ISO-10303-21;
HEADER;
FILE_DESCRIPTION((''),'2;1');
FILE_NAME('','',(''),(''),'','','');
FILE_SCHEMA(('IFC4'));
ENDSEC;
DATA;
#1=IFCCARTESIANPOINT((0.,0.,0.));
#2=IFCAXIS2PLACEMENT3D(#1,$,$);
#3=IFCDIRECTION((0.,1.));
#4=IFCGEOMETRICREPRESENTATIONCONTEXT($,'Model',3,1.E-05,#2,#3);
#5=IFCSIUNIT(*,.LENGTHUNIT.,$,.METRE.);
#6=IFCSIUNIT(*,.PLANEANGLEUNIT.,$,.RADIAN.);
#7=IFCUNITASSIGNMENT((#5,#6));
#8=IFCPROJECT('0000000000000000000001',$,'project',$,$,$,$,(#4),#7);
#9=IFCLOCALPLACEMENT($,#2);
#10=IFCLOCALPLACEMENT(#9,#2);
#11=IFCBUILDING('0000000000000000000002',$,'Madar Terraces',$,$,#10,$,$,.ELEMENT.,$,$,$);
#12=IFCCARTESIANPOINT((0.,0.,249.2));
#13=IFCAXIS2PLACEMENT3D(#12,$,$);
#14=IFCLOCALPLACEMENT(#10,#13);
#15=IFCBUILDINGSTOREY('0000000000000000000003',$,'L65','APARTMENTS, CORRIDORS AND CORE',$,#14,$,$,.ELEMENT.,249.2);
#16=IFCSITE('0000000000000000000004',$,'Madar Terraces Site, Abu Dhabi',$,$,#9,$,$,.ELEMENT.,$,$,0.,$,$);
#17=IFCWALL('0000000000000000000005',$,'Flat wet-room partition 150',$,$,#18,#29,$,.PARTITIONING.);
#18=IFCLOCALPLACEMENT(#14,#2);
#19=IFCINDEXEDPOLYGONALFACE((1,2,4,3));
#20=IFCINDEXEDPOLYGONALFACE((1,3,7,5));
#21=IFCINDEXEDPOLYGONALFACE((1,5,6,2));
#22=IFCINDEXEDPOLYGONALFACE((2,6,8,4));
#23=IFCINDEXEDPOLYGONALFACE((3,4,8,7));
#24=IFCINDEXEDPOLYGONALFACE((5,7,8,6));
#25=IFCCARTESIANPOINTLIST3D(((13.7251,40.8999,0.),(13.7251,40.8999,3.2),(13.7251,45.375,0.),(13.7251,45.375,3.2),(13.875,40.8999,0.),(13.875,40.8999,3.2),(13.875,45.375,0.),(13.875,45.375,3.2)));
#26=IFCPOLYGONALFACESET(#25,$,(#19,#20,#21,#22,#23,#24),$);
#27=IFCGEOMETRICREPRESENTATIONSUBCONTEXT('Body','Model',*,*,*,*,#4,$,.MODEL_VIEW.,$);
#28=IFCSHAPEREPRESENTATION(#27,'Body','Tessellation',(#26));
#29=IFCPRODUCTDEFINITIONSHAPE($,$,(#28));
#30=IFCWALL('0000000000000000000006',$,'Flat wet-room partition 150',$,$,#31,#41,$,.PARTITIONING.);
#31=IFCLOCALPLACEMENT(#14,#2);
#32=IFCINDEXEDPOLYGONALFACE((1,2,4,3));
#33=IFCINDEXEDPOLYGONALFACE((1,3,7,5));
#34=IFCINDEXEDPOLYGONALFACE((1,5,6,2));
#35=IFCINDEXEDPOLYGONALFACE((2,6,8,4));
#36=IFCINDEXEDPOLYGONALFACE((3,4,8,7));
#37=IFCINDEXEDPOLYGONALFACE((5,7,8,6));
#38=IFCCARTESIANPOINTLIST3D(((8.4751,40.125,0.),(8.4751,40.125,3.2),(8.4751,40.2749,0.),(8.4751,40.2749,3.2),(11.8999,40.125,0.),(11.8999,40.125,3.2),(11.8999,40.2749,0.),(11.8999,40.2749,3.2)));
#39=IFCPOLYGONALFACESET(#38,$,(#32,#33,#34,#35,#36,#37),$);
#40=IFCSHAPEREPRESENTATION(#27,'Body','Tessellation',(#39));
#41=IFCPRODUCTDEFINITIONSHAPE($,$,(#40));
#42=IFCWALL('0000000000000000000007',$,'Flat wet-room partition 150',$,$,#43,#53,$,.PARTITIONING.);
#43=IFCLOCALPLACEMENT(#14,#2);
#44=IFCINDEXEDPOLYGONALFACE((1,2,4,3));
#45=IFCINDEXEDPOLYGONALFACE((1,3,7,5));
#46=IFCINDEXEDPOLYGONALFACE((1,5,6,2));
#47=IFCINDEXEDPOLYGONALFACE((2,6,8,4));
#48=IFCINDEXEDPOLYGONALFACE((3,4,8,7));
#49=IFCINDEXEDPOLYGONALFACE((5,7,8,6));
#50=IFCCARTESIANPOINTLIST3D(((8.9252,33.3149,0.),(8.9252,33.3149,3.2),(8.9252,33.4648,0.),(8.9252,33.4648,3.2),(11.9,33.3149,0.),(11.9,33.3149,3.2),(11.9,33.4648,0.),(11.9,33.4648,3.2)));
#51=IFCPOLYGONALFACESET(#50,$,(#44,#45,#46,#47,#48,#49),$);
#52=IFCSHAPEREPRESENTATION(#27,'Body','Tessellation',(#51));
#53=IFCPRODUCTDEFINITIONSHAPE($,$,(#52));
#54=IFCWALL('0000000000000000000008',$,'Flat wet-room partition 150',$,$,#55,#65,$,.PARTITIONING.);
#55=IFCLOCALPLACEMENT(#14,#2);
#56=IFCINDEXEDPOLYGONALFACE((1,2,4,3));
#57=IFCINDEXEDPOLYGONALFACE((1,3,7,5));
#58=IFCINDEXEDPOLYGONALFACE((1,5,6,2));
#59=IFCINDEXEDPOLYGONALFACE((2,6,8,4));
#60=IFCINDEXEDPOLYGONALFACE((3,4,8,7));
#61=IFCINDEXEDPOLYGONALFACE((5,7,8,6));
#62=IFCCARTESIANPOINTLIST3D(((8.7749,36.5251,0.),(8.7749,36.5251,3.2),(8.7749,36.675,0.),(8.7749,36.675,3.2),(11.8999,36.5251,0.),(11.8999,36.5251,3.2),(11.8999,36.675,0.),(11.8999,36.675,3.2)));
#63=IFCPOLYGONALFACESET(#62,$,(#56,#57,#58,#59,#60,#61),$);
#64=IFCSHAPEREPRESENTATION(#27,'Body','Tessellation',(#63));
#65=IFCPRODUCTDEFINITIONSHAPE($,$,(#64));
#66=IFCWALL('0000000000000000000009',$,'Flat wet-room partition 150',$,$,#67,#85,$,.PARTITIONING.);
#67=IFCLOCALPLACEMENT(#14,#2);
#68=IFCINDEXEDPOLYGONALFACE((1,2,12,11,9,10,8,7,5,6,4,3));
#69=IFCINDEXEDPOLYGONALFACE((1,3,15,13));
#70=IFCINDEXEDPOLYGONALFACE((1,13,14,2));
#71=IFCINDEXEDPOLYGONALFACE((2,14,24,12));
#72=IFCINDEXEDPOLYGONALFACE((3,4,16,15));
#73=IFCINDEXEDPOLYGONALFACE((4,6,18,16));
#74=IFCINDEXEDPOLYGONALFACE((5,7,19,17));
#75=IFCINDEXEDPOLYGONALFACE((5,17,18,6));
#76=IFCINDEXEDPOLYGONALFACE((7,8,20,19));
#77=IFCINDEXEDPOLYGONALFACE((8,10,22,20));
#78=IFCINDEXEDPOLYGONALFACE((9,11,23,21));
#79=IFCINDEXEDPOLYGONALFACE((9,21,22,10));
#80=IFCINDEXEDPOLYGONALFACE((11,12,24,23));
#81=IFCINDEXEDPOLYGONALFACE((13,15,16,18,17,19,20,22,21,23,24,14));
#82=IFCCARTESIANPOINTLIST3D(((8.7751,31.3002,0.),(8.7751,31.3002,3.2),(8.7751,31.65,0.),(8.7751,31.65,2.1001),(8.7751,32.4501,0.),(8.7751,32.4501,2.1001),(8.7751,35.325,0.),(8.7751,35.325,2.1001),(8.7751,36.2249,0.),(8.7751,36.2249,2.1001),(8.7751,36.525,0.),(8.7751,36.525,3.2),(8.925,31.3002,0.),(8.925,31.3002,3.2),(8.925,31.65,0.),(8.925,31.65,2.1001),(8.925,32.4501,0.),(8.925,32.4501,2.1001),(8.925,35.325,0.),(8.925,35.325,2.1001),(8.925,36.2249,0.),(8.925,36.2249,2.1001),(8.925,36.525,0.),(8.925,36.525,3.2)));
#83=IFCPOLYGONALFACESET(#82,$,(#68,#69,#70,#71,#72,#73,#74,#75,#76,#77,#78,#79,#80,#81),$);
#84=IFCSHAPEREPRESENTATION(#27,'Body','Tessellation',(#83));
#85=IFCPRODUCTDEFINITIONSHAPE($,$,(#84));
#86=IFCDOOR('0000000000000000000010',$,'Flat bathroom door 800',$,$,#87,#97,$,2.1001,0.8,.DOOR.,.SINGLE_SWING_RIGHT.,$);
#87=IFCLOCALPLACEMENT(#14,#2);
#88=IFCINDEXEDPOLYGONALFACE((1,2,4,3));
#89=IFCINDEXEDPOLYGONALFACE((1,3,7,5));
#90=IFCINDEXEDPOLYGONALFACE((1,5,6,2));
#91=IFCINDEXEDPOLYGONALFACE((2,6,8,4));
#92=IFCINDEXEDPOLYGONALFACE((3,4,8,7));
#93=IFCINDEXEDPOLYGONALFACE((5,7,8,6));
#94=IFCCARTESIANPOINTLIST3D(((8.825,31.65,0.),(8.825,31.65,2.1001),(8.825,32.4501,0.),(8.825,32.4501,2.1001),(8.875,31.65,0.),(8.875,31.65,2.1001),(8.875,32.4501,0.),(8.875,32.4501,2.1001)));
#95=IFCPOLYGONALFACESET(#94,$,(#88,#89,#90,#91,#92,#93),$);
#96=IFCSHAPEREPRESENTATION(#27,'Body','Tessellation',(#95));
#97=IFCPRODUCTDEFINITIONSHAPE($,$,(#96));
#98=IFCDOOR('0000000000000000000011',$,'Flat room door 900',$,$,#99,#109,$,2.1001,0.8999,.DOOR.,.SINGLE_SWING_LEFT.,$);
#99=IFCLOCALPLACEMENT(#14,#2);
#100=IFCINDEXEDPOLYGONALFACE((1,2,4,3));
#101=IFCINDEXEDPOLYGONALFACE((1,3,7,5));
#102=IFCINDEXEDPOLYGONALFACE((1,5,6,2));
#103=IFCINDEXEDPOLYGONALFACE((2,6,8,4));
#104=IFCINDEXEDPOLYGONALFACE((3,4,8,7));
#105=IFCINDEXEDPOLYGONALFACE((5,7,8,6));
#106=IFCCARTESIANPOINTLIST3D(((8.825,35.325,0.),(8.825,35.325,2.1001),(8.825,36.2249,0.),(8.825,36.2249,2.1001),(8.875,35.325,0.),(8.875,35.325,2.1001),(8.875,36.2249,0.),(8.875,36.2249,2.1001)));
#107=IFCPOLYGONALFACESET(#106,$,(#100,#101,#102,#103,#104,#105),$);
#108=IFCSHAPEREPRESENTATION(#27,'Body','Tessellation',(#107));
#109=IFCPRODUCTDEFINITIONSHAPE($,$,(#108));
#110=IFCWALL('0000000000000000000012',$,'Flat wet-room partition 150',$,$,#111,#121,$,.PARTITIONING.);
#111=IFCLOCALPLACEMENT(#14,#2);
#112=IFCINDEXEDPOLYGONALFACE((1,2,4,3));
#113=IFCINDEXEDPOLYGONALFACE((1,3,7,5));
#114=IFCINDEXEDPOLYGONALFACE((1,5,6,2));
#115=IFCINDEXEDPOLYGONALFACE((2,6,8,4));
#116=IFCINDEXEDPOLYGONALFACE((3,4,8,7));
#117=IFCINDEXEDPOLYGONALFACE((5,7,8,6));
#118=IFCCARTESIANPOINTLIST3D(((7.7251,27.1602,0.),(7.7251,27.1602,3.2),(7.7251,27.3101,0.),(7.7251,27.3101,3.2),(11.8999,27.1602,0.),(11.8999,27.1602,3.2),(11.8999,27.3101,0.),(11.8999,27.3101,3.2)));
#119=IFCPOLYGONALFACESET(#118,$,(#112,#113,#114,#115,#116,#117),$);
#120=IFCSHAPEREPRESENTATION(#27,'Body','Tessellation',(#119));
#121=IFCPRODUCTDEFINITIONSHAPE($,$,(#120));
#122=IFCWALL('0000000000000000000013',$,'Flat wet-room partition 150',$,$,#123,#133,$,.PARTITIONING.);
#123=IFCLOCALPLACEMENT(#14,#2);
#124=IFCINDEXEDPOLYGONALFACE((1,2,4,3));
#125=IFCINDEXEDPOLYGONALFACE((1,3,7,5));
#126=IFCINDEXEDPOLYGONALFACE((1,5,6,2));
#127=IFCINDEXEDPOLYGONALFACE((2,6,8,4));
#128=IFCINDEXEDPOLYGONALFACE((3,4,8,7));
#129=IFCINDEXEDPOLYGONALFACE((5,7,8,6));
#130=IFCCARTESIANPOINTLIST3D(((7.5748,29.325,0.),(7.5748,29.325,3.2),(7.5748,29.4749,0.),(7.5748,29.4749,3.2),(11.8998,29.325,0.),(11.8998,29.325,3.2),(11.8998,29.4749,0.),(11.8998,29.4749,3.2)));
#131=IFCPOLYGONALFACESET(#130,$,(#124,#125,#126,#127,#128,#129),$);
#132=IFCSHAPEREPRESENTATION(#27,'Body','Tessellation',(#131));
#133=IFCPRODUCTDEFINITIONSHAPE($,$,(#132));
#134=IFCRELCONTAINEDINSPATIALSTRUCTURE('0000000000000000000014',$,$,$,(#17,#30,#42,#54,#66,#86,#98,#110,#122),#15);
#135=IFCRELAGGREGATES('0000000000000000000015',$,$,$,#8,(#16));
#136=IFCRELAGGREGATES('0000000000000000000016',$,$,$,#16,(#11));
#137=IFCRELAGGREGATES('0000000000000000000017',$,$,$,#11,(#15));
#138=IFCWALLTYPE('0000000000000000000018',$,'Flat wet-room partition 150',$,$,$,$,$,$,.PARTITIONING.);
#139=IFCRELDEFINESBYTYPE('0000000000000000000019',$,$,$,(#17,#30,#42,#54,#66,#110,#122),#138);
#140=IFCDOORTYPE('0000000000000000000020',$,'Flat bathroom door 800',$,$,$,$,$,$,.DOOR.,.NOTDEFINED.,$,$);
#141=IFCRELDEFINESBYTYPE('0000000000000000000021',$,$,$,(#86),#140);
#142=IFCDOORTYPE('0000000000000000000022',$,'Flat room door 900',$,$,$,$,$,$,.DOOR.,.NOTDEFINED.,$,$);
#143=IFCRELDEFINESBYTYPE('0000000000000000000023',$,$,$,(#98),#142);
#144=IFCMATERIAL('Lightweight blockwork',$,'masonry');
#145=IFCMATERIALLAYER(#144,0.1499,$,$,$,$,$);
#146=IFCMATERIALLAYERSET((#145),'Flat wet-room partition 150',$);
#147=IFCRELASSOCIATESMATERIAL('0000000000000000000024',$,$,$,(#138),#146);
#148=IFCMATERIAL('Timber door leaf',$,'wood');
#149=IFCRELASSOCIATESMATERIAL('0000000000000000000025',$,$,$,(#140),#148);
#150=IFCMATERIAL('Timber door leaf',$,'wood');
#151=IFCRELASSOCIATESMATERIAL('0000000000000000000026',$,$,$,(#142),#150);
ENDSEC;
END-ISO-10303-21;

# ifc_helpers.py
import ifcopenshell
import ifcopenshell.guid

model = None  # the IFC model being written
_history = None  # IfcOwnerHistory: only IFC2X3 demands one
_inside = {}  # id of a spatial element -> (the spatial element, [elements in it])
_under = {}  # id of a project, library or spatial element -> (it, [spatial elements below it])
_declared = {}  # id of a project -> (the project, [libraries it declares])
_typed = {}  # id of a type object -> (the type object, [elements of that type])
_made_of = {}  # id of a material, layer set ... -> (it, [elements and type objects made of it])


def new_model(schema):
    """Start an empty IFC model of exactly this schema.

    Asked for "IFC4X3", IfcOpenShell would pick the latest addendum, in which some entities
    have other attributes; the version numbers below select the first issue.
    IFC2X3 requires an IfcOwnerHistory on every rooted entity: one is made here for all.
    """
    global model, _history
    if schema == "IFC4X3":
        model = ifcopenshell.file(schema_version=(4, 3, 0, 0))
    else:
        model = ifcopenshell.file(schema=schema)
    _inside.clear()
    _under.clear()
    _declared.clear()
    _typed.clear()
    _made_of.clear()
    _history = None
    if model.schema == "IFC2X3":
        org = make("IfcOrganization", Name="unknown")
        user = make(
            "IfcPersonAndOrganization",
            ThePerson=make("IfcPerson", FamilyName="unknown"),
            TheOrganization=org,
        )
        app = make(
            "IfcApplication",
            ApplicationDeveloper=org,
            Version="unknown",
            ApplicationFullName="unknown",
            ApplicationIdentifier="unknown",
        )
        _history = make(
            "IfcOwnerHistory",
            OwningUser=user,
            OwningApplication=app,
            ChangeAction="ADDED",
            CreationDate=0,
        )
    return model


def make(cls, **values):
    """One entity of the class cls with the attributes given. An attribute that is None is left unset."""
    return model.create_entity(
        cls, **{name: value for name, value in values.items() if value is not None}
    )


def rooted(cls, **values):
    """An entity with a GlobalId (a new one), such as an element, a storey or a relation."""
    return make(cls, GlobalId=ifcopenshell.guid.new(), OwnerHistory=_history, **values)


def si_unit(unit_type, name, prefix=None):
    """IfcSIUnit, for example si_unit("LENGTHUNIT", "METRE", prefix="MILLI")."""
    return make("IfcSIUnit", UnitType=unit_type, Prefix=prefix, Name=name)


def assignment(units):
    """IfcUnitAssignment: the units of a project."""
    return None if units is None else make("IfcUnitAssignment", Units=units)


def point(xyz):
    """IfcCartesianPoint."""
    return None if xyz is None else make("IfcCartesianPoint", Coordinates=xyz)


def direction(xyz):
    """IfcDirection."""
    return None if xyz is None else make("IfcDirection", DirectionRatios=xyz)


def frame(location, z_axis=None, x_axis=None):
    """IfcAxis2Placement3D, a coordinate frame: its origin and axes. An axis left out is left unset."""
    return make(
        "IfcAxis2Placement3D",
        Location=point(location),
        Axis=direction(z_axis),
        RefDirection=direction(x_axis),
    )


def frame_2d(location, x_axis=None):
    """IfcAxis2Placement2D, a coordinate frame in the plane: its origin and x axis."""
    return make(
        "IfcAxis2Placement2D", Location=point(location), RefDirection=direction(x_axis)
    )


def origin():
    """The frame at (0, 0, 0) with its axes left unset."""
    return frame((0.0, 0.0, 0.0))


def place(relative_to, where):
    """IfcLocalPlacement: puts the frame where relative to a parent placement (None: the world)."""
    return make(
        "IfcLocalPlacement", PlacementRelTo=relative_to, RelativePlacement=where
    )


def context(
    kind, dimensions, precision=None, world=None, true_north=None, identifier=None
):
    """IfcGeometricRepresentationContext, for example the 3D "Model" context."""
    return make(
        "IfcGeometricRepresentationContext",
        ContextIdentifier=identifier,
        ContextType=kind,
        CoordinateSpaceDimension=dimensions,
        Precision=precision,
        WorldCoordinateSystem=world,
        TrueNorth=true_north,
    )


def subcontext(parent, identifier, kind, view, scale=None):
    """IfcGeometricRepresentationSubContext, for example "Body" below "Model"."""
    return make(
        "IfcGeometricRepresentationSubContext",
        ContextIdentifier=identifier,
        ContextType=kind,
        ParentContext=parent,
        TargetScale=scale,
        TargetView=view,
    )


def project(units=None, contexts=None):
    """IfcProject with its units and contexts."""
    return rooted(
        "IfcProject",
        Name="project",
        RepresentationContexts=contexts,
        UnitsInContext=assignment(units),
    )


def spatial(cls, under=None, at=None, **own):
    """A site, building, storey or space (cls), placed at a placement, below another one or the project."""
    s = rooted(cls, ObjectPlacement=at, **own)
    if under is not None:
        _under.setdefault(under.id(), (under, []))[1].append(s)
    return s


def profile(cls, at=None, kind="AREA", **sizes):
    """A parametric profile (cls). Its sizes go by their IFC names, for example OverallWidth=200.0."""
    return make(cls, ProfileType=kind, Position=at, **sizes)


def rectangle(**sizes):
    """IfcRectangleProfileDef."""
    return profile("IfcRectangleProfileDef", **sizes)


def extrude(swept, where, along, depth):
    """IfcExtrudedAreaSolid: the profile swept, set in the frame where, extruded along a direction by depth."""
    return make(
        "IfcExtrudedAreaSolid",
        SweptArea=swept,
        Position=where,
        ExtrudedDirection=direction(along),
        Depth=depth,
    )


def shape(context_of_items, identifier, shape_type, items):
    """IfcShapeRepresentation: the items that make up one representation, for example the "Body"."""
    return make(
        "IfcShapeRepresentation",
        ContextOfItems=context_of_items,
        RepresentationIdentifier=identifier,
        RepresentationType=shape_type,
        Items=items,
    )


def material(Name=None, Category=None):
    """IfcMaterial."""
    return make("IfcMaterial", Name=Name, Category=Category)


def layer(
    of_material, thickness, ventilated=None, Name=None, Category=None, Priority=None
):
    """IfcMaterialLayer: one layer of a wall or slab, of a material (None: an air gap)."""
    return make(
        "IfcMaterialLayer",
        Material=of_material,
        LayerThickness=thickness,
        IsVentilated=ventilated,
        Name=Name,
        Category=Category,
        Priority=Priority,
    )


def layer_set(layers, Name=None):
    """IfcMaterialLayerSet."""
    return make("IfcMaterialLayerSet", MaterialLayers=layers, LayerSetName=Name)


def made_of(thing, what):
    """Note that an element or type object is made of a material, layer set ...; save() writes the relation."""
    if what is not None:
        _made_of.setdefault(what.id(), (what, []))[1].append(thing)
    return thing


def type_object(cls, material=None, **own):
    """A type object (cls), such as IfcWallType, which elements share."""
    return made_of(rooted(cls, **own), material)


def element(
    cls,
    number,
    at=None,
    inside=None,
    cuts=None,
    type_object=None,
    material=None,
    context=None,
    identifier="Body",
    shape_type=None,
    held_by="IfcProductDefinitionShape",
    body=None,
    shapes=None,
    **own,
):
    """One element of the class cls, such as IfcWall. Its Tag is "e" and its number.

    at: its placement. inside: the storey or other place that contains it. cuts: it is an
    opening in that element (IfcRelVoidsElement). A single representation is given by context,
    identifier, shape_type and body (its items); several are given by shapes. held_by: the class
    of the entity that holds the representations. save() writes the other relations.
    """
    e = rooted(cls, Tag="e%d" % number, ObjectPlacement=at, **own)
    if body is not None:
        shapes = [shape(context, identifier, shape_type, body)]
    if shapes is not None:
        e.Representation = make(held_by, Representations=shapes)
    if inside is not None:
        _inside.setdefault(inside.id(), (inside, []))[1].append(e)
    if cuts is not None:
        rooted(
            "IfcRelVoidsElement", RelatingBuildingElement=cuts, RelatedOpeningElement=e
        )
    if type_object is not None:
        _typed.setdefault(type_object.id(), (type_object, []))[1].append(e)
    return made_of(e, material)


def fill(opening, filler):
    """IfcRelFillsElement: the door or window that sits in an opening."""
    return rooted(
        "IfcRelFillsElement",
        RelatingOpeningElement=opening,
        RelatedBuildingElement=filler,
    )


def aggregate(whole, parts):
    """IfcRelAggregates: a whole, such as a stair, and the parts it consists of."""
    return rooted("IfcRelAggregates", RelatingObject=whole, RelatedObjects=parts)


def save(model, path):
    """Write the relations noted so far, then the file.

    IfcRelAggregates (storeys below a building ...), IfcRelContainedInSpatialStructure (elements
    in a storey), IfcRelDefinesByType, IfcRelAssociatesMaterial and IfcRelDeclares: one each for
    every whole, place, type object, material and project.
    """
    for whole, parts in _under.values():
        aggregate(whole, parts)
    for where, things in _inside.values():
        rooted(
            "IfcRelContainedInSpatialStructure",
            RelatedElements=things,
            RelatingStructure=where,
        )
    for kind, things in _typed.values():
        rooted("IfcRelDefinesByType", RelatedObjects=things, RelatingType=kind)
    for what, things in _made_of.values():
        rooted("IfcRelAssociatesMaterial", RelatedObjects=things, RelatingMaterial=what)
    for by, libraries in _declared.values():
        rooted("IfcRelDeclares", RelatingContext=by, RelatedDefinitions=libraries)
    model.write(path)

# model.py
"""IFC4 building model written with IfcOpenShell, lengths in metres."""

from ifc_helpers import new_model, si_unit, direction, frame, frame_2d, origin, place, context, subcontext, project, spatial, rectangle, extrude, material, layer, layer_set, type_object, element, fill, save


model = new_model("IFC4")

# Units and contexts
model_context = context("Model", 3, precision=1e-05, world=origin(), true_north=direction((0.0, 1.0)))
body_context = subcontext(model_context, "Body", "Model", "MODEL_VIEW")
ifc_project = project(units=[si_unit("LENGTHUNIT", "METRE"), si_unit("PLANEANGLEUNIT", "RADIAN")], contexts=[model_context])

# Site, building, storey
site_placement = place(None, origin())
site = spatial("IfcSite", under=ifc_project, at=site_placement, Name="Madar Terraces Site, Abu Dhabi", CompositionType="ELEMENT", RefElevation=0.0)
building_placement = place(site_placement, origin())
building = spatial("IfcBuilding", under=site, at=building_placement, Name="Madar Terraces", CompositionType="ELEMENT")
storey_placement = place(building_placement, frame((0.0, 0.0, 249.2)))
storey = spatial("IfcBuildingStorey", under=building, at=storey_placement, Name="L65", Description="APARTMENTS, CORRIDORS AND CORE", CompositionType="ELEMENT", Elevation=249.2)

# Walls
ifc_material_1 = material(Name="Lightweight blockwork", Category="masonry")
ifc_layer_1 = layer(ifc_material_1, 0.1499)
ifc_layer_set_1 = layer_set([ifc_layer_1], Name="Flat wet-room partition 150")
wall_type_1 = type_object("IfcWallType", Name="Flat wet-room partition 150", PredefinedType="PARTITIONING", material=ifc_layer_set_1)
wall_1_placement = place(storey_placement, frame((13.8, 40.8999, 0.0), z_axis=(0.0, 0.0, 1.0), x_axis=(0.0, 1.0, 0.0)))
element("IfcWall", 1, at=wall_1_placement, inside=storey, type_object=wall_type_1, Name="Flat wet-room partition 150", PredefinedType="PARTITIONING", context=body_context, shape_type="SweptSolid", body=[
    extrude(rectangle(XDim=4.4751, YDim=0.1499, at=frame_2d((2.2375, 0.0))), origin(), (0.0, 0.0, 1.0), 3.2),
])
wall_2_placement = place(storey_placement, frame((11.8999, 40.2, 0.0), z_axis=(0.0, 0.0, 1.0), x_axis=(-1.0, 0.0, 0.0)))
element("IfcWall", 2, at=wall_2_placement, inside=storey, type_object=wall_type_1, Name="Flat wet-room partition 150", PredefinedType="PARTITIONING", context=body_context, shape_type="SweptSolid", body=[
    extrude(rectangle(XDim=3.4248, YDim=0.1499, at=frame_2d((1.7124, 0.0))), origin(), (0.0, 0.0, 1.0), 3.2),
])
wall_3_placement = place(storey_placement, frame((11.8999, 33.3899, 0.0), z_axis=(0.0, 0.0, 1.0), x_axis=(-1.0, 0.0, 0.0)))
element("IfcWall", 3, at=wall_3_placement, inside=storey, type_object=wall_type_1, Name="Flat wet-room partition 150", PredefinedType="PARTITIONING", context=body_context, shape_type="SweptSolid", body=[
    extrude(rectangle(XDim=2.9749, YDim=0.1499, at=frame_2d((1.4873, 0.0))), origin(), (0.0, 0.0, 1.0), 3.2),
])
wall_4_placement = place(storey_placement, frame((11.8999, 36.6001, 0.0), z_axis=(0.0, 0.0, 1.0), x_axis=(-1.0, 0.0, 0.0)))
element("IfcWall", 4, at=wall_4_placement, inside=storey, type_object=wall_type_1, Name="Flat wet-room partition 150", PredefinedType="PARTITIONING", context=body_context, shape_type="SweptSolid", body=[
    extrude(rectangle(XDim=3.125, YDim=0.1499, at=frame_2d((1.5625, 0.0))), origin(), (0.0, 0.0, 1.0), 3.2),
])

# Wall, openings, doors
wall_5_placement = place(storey_placement, frame((8.8501, 36.5249, 0.0), z_axis=(0.0, 0.0, 1.0), x_axis=(0.0, -1.0, 0.0)))
wall_5 = element("IfcWall", 5, at=wall_5_placement, inside=storey, type_object=wall_type_1, Name="Flat wet-room partition 150", PredefinedType="PARTITIONING", context=body_context, shape_type="SweptSolid", body=[
    extrude(rectangle(XDim=5.2249, YDim=0.1499, at=frame_2d((2.6123, 0.0))), origin(), (0.0, 0.0, 1.0), 3.2),
])
opening_1_placement = place(wall_5_placement, frame((0.3, 0.0, 0.0)))
opening_1 = element("IfcOpeningElement", 6, at=opening_1_placement, cuts=wall_5, PredefinedType="OPENING", context=body_context, shape_type="SweptSolid", body=[
    extrude(rectangle(XDim=0.8999, YDim=2.1001, at=frame_2d((0.45, 1.05))), frame((0.0, 0.085, 0.0), z_axis=(0.0, -1.0, 0.0), x_axis=(1.0, 0.0, 0.0)), (0.0, 0.0, 1.0), 0.1699),
])
opening_2_placement = place(wall_5_placement, frame((4.075, 0.0, 0.0)))
opening_2 = element("IfcOpeningElement", 7, at=opening_2_placement, cuts=wall_5, PredefinedType="OPENING", context=body_context, shape_type="SweptSolid", body=[
    extrude(rectangle(XDim=0.8, YDim=2.1001, at=frame_2d((0.3999, 1.05))), frame((0.0, 0.085, 0.0), z_axis=(0.0, -1.0, 0.0), x_axis=(1.0, 0.0, 0.0)), (0.0, 0.0, 1.0), 0.1699),
])
ifc_material_2 = material(Name="Timber door leaf", Category="wood")
door_type_1 = type_object("IfcDoorType", Name="Flat bathroom door 800", OperationType="NOTDEFINED", PredefinedType="DOOR", material=ifc_material_2)
door_1_placement = place(opening_2_placement, origin())
door_1 = element("IfcDoor", 8, at=door_1_placement, inside=storey, type_object=door_type_1, Name="Flat bathroom door 800", OperationType="SINGLE_SWING_RIGHT", OverallHeight=2.1001, OverallWidth=0.8, PredefinedType="DOOR", context=body_context, shape_type="SweptSolid", body=[
    extrude(rectangle(XDim=0.8, YDim=2.1001, at=frame_2d((0.3999, 1.05))), frame((0.0, 0.0249, 0.0), z_axis=(0.0, -1.0, 0.0), x_axis=(1.0, 0.0, 0.0)), (0.0, 0.0, 1.0), 0.05),
])
fill(opening_2, door_1)
ifc_material_3 = material(Name="Timber door leaf", Category="wood")
door_type_2 = type_object("IfcDoorType", Name="Flat room door 900", OperationType="NOTDEFINED", PredefinedType="DOOR", material=ifc_material_3)
door_2_placement = place(opening_1_placement, origin())
door_2 = element("IfcDoor", 9, at=door_2_placement, inside=storey, type_object=door_type_2, Name="Flat room door 900", OperationType="SINGLE_SWING_LEFT", OverallHeight=2.1001, OverallWidth=0.8999, PredefinedType="DOOR", context=body_context, shape_type="SweptSolid", body=[
    extrude(rectangle(XDim=0.8999, YDim=2.1001, at=frame_2d((0.45, 1.05))), frame((0.0, 0.0249, 0.0), z_axis=(0.0, -1.0, 0.0), x_axis=(1.0, 0.0, 0.0)), (0.0, 0.0, 1.0), 0.05),
])
fill(opening_1, door_2)

# Walls
wall_6_placement = place(storey_placement, frame((11.8999, 27.2351, 0.0), z_axis=(0.0, 0.0, 1.0), x_axis=(-1.0, 0.0, 0.0)))
element("IfcWall", 10, at=wall_6_placement, inside=storey, type_object=wall_type_1, Name="Flat wet-room partition 150", PredefinedType="PARTITIONING", context=body_context, shape_type="SweptSolid", body=[
    extrude(rectangle(XDim=4.1748, YDim=0.1499, at=frame_2d((2.0874, 0.0))), origin(), (0.0, 0.0, 1.0), 3.2),
])
wall_7_placement = place(storey_placement, frame((11.8999, 29.3999, 0.0), z_axis=(0.0, 0.0, 1.0), x_axis=(-1.0, 0.0, 0.0)))
element("IfcWall", 11, at=wall_7_placement, inside=storey, type_object=wall_type_1, Name="Flat wet-room partition 150", PredefinedType="PARTITIONING", context=body_context, shape_type="SweptSolid", body=[
    extrude(rectangle(XDim=4.325, YDim=0.1499, at=frame_2d((2.1626, 0.0))), origin(), (0.0, 0.0, 1.0), 3.2),
])

save(model, "model.ifc")
